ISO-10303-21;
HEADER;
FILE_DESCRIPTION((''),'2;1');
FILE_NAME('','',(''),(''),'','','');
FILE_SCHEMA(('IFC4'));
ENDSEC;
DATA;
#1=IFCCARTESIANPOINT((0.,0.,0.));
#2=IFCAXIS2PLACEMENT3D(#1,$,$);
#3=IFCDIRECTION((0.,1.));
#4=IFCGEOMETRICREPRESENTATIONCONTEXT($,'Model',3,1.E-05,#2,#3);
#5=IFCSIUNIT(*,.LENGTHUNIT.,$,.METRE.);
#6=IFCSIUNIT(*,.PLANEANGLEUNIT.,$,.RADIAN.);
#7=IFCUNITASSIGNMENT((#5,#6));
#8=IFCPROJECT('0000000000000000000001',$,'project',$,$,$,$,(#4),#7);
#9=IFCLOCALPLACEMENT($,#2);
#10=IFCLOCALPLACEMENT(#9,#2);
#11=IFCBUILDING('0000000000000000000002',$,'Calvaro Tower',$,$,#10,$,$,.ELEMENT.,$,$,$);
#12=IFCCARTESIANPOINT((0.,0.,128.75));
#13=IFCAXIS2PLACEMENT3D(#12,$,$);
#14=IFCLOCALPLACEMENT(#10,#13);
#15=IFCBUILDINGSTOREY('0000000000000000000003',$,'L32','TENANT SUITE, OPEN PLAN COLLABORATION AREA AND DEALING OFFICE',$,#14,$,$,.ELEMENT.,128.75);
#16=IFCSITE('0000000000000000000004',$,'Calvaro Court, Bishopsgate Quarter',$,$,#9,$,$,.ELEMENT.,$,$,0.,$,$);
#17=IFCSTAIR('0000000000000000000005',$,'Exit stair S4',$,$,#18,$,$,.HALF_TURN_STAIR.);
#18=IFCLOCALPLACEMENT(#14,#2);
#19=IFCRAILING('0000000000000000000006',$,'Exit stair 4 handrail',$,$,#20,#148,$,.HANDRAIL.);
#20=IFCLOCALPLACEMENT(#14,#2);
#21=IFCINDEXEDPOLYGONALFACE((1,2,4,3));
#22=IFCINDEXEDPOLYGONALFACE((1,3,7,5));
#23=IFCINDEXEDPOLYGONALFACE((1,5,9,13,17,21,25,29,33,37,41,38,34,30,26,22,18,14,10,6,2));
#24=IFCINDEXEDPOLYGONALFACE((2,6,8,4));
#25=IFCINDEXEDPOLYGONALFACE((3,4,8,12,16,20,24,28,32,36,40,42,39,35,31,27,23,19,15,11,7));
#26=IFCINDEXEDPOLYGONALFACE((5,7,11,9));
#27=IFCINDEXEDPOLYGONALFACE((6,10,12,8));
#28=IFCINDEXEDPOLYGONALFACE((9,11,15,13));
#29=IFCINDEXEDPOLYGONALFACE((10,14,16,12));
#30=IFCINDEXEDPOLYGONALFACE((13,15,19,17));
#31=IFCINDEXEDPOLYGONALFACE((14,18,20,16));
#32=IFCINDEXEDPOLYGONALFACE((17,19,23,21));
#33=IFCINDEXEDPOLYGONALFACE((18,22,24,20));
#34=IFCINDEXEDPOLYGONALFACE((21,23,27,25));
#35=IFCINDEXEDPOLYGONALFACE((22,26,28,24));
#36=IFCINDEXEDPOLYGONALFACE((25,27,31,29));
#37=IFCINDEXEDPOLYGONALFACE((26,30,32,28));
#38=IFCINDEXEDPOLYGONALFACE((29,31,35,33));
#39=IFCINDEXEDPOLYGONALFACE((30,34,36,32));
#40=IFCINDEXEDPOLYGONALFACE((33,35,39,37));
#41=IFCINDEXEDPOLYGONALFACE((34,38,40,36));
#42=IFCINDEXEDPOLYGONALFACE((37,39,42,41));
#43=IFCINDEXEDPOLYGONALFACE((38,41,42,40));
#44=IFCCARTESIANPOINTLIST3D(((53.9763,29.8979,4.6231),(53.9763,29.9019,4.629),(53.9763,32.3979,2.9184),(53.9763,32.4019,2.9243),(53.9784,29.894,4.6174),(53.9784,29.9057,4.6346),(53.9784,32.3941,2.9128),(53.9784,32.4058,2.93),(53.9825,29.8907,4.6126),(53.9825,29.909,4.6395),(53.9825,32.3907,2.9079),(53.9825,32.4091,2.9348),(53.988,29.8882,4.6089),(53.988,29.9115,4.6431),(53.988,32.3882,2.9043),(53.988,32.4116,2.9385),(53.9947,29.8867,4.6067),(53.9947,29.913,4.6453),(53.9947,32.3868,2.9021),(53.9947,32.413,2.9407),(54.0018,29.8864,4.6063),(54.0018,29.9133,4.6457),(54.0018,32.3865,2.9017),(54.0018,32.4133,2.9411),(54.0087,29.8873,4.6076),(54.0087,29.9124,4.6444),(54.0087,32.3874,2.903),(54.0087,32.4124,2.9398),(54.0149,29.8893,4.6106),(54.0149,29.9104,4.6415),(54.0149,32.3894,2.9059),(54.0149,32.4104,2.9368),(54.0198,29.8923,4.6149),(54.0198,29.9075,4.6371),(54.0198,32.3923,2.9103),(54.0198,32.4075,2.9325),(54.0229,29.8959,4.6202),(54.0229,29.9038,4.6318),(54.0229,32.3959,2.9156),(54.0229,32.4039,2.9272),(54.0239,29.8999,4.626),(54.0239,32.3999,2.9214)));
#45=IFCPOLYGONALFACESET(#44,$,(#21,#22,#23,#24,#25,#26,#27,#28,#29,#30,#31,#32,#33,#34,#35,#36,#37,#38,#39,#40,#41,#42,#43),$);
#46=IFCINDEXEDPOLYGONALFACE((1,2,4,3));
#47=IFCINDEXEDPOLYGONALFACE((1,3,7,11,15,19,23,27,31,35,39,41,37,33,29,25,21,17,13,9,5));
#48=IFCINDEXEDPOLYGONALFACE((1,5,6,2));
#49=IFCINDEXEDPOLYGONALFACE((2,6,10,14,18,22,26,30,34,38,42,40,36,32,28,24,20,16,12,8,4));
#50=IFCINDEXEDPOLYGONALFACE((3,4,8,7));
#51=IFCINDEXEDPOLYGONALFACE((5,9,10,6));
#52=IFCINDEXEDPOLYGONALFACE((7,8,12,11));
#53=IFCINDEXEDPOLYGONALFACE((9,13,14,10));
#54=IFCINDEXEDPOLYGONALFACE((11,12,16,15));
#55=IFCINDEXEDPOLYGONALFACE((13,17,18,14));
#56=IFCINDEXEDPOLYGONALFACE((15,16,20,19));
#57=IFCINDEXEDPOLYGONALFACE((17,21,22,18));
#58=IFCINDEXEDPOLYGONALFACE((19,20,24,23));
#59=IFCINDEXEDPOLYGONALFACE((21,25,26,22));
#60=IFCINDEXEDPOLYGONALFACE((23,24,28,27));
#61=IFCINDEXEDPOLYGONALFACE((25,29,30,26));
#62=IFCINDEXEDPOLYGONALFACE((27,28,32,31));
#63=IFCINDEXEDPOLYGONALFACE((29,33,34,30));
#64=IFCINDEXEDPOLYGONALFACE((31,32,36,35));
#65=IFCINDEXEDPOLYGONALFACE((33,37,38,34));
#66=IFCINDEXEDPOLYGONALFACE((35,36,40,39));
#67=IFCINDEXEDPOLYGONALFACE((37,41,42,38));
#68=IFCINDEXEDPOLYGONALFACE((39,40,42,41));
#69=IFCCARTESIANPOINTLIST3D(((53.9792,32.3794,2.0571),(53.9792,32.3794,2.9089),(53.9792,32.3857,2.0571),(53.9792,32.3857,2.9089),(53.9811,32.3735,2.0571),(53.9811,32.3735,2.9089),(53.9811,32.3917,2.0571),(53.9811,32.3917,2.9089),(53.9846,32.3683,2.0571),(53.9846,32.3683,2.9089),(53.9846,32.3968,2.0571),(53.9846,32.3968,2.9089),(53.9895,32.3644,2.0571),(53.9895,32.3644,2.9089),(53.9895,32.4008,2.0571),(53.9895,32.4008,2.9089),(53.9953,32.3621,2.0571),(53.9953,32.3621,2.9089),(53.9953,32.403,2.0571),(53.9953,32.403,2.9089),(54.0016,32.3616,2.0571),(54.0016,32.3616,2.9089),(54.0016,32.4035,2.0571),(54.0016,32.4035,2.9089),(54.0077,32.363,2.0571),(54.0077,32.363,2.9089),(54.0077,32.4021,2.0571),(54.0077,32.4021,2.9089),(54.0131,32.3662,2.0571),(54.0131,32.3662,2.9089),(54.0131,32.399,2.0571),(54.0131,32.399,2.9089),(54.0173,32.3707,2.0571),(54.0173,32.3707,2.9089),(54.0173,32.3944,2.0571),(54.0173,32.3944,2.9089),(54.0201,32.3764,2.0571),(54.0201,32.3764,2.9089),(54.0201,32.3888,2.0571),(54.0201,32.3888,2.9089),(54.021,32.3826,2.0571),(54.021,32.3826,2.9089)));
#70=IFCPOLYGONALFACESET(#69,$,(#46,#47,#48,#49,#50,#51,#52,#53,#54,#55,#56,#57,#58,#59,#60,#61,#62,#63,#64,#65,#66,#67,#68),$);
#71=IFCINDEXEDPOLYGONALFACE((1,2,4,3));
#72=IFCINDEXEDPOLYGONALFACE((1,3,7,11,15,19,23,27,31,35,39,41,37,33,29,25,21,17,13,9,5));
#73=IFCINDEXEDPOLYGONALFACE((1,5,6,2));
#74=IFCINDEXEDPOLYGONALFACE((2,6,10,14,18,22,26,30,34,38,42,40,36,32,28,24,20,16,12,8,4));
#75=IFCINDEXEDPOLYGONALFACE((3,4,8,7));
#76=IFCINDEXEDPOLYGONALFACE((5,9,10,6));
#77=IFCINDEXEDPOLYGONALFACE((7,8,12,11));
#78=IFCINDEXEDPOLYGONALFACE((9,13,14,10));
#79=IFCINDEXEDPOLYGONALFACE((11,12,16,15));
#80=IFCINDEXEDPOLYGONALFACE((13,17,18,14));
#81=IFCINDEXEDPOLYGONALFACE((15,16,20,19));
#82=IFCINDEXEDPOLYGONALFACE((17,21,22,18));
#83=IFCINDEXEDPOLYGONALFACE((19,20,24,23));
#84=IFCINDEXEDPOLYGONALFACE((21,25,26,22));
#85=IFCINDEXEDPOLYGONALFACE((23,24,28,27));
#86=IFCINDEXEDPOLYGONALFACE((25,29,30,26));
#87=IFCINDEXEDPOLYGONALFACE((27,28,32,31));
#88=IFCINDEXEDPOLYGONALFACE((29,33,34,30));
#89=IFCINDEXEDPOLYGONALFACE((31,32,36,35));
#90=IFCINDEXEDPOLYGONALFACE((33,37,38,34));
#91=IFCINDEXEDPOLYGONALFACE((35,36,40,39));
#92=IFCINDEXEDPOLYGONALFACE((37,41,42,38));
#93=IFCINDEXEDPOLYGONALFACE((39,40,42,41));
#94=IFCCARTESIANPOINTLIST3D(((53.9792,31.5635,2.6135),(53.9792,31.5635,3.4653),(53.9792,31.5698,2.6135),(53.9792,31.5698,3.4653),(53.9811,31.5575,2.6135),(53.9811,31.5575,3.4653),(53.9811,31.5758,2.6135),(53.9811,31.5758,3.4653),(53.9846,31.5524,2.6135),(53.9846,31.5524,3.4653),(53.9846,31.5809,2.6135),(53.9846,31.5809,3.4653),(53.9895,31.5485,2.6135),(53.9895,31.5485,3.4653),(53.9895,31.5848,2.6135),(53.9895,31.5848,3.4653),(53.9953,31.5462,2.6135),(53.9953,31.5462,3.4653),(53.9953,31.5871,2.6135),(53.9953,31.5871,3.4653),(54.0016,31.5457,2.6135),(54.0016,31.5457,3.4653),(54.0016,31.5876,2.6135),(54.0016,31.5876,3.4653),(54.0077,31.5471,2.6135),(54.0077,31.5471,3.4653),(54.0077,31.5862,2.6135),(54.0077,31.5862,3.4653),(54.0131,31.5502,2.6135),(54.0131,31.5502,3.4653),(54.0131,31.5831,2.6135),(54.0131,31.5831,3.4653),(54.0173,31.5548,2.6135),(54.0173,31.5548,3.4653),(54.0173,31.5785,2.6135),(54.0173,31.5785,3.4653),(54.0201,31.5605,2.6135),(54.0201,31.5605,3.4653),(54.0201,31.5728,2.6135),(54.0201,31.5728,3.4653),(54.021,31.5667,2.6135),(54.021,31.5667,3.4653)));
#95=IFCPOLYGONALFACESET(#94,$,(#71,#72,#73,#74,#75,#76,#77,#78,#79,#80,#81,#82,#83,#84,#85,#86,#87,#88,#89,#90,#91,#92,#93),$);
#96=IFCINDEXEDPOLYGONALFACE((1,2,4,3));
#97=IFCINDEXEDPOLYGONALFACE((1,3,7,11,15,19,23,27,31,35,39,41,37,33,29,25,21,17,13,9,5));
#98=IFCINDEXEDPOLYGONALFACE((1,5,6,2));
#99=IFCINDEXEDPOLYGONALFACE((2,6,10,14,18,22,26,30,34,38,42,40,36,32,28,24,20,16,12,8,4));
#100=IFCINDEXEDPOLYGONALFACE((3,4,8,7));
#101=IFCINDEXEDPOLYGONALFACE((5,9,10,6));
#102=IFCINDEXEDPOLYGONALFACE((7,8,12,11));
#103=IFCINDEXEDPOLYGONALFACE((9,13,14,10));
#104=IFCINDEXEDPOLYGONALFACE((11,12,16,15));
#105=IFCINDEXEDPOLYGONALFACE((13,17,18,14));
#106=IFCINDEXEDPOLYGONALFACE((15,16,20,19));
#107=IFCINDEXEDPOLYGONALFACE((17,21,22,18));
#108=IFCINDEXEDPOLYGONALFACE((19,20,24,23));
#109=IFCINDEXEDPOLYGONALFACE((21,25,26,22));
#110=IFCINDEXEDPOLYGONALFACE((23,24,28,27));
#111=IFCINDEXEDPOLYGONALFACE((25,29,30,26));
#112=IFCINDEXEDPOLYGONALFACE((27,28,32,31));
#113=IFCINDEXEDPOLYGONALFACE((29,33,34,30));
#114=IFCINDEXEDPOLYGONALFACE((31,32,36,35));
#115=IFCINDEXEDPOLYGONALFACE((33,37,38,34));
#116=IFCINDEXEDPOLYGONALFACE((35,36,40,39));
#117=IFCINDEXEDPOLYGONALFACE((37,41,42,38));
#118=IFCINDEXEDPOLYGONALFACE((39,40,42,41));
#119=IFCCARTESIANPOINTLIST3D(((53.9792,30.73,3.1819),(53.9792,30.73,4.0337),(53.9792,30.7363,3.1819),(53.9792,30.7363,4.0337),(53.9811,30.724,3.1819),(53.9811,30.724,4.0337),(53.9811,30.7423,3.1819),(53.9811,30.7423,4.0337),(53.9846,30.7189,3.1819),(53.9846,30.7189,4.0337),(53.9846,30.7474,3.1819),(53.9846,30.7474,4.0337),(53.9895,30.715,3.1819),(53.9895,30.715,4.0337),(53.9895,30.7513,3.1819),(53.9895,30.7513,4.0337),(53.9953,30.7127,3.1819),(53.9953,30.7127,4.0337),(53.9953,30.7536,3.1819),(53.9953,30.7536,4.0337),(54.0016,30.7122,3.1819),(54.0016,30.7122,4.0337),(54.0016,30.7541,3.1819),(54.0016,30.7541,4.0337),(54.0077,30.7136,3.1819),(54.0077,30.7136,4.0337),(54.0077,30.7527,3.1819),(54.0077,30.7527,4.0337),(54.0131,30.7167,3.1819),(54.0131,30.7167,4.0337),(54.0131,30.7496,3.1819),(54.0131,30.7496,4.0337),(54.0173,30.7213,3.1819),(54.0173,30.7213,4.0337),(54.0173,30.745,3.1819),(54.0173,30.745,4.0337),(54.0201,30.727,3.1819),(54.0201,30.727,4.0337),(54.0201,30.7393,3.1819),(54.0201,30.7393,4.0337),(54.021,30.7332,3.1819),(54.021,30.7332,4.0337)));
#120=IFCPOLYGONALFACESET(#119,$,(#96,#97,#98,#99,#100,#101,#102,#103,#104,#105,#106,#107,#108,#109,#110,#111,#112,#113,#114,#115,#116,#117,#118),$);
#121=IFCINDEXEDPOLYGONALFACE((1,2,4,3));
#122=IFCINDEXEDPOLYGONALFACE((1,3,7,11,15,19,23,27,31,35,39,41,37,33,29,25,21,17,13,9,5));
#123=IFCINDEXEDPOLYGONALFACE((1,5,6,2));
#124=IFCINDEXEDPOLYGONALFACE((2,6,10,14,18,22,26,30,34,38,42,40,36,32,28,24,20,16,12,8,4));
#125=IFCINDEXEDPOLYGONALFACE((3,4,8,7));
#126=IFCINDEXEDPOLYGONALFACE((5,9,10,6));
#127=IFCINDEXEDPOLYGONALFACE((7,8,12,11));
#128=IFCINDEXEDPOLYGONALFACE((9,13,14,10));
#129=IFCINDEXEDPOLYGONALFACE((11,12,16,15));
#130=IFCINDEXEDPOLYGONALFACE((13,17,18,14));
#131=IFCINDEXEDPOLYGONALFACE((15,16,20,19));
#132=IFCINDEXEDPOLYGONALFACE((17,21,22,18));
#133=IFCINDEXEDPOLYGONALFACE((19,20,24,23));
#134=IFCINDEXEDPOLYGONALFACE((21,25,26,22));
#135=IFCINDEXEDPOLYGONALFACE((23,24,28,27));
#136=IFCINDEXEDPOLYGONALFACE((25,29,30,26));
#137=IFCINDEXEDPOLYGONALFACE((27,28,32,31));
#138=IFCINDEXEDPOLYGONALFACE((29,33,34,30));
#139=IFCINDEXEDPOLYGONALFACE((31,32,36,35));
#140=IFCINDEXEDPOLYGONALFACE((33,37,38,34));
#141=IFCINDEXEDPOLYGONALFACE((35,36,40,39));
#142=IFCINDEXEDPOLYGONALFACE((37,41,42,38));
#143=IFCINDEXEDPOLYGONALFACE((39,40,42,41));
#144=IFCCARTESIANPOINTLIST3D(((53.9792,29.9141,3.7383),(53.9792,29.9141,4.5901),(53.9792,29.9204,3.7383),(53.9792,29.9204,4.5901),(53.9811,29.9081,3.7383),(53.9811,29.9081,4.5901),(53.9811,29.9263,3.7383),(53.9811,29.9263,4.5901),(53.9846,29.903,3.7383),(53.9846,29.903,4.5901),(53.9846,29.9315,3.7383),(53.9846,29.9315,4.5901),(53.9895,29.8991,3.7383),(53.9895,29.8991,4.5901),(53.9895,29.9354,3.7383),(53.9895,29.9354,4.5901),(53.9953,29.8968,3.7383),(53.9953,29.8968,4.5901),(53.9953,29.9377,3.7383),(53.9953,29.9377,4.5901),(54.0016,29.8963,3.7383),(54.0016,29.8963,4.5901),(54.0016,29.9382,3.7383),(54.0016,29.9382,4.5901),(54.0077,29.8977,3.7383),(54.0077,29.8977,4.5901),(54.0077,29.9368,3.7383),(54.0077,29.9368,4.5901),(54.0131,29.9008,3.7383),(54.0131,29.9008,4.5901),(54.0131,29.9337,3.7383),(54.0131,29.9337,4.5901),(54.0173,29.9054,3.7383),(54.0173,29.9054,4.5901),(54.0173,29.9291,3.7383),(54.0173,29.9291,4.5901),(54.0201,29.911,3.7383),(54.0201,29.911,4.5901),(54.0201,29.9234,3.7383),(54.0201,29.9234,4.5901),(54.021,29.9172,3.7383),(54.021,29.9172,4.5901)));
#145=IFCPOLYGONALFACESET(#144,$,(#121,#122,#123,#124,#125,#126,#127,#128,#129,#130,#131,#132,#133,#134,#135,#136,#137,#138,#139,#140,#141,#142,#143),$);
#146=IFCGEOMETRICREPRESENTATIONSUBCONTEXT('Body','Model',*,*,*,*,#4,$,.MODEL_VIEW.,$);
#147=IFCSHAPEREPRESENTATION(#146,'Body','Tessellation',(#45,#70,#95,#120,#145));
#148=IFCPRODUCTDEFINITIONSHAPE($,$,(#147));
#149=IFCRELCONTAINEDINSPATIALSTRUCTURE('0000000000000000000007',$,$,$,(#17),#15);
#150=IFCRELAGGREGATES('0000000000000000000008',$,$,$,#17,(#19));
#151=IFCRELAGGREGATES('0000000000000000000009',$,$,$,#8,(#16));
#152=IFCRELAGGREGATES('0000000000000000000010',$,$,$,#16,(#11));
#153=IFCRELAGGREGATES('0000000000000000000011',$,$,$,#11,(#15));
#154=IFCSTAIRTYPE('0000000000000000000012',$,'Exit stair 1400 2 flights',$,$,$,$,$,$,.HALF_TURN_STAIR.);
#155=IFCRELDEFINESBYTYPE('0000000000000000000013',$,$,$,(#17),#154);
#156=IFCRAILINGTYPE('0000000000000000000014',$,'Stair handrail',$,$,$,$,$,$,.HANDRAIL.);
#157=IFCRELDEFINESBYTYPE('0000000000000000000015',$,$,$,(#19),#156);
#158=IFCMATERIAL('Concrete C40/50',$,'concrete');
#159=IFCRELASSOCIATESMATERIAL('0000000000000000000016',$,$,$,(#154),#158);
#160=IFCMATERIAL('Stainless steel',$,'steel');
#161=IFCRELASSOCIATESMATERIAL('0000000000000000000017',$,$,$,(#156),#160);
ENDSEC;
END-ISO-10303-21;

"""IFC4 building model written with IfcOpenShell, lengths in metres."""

from ifc_helpers import new_model, si_unit, direction, frame, origin, origin_2d, place, context, subcontext, project, spatial, circle, extrude, material, type_object, element, aggregate, save


model = new_model("IFC4")

# Units and contexts
model_context = context("Model", 3, precision=1e-05, world=origin(), true_north=direction((0.0, 1.0)))
body_context = subcontext(model_context, "Body", "Model", "MODEL_VIEW")
ifc_project = project(units=[si_unit("LENGTHUNIT", "METRE"), si_unit("PLANEANGLEUNIT", "RADIAN")], contexts=[model_context])

# Site, building, storey
site_placement = place(None, origin())
site = spatial("IfcSite", under=ifc_project, at=site_placement, Name="Calvaro Court, Bishopsgate Quarter", CompositionType="ELEMENT", RefElevation=0.0)
building_placement = place(site_placement, origin())
building = spatial("IfcBuilding", under=site, at=building_placement, Name="Calvaro Tower", CompositionType="ELEMENT")
storey_placement = place(building_placement, frame((0.0, 0.0, 128.75)))
storey = spatial("IfcBuildingStorey", under=building, at=storey_placement, Name="L32", Description="TENANT SUITE, OPEN PLAN COLLABORATION AREA AND DEALING OFFICE", CompositionType="ELEMENT", Elevation=128.75)

# Stair
ifc_material_1 = material(Name="Concrete C40/50", Category="concrete")
stair_type = type_object("IfcStairType", Name="Exit stair 1400 2 flights", PredefinedType="HALF_TURN_STAIR", material=ifc_material_1)
stair_1_placement = place(storey_placement, origin())
stair_1 = element("IfcStair", 1, at=stair_1_placement, inside=storey, type_object=stair_type, Name="Exit stair S4", PredefinedType="HALF_TURN_STAIR")

# Railing
ifc_material_2 = material(Name="Stainless steel", Category="steel")
railing_type = type_object("IfcRailingType", Name="Stair handrail", PredefinedType="HANDRAIL", material=ifc_material_2)
railing_1_placement = place(storey_placement, frame((54.0, 32.3999, 2.0454)))
railing_1 = element("IfcRailing", 2, at=railing_1_placement, type_object=railing_type, Name="Exit stair 4 handrail", PredefinedType="HANDRAIL", context=body_context, shape_type="SweptSolid", body=[
    extrude(circle(Radius=0.0239, at=origin_2d()), frame((0.0, 0.0, 0.876), z_axis=(0.0, -0.826221, 0.563347), x_axis=(1.0, 0.0, 0.0)), (0.0, 0.0, 1.0), 3.0259),
    extrude(circle(Radius=0.021, at=origin_2d()), frame((0.0, -0.0173, 0.0117)), (0.0, 0.0, 1.0), 0.8518),
    extrude(circle(Radius=0.021, at=origin_2d()), frame((0.0, -0.8333, 0.5681)), (0.0, 0.0, 1.0), 0.8518),
    extrude(circle(Radius=0.021, at=origin_2d()), frame((0.0, -1.6667, 1.1365)), (0.0, 0.0, 1.0), 0.8518),
    extrude(circle(Radius=0.021, at=origin_2d()), frame((0.0, -2.4827, 1.6929)), (0.0, 0.0, 1.0), 0.8518),
])
aggregate(stair_1, [railing_1])

save(model, "model.ifc")
